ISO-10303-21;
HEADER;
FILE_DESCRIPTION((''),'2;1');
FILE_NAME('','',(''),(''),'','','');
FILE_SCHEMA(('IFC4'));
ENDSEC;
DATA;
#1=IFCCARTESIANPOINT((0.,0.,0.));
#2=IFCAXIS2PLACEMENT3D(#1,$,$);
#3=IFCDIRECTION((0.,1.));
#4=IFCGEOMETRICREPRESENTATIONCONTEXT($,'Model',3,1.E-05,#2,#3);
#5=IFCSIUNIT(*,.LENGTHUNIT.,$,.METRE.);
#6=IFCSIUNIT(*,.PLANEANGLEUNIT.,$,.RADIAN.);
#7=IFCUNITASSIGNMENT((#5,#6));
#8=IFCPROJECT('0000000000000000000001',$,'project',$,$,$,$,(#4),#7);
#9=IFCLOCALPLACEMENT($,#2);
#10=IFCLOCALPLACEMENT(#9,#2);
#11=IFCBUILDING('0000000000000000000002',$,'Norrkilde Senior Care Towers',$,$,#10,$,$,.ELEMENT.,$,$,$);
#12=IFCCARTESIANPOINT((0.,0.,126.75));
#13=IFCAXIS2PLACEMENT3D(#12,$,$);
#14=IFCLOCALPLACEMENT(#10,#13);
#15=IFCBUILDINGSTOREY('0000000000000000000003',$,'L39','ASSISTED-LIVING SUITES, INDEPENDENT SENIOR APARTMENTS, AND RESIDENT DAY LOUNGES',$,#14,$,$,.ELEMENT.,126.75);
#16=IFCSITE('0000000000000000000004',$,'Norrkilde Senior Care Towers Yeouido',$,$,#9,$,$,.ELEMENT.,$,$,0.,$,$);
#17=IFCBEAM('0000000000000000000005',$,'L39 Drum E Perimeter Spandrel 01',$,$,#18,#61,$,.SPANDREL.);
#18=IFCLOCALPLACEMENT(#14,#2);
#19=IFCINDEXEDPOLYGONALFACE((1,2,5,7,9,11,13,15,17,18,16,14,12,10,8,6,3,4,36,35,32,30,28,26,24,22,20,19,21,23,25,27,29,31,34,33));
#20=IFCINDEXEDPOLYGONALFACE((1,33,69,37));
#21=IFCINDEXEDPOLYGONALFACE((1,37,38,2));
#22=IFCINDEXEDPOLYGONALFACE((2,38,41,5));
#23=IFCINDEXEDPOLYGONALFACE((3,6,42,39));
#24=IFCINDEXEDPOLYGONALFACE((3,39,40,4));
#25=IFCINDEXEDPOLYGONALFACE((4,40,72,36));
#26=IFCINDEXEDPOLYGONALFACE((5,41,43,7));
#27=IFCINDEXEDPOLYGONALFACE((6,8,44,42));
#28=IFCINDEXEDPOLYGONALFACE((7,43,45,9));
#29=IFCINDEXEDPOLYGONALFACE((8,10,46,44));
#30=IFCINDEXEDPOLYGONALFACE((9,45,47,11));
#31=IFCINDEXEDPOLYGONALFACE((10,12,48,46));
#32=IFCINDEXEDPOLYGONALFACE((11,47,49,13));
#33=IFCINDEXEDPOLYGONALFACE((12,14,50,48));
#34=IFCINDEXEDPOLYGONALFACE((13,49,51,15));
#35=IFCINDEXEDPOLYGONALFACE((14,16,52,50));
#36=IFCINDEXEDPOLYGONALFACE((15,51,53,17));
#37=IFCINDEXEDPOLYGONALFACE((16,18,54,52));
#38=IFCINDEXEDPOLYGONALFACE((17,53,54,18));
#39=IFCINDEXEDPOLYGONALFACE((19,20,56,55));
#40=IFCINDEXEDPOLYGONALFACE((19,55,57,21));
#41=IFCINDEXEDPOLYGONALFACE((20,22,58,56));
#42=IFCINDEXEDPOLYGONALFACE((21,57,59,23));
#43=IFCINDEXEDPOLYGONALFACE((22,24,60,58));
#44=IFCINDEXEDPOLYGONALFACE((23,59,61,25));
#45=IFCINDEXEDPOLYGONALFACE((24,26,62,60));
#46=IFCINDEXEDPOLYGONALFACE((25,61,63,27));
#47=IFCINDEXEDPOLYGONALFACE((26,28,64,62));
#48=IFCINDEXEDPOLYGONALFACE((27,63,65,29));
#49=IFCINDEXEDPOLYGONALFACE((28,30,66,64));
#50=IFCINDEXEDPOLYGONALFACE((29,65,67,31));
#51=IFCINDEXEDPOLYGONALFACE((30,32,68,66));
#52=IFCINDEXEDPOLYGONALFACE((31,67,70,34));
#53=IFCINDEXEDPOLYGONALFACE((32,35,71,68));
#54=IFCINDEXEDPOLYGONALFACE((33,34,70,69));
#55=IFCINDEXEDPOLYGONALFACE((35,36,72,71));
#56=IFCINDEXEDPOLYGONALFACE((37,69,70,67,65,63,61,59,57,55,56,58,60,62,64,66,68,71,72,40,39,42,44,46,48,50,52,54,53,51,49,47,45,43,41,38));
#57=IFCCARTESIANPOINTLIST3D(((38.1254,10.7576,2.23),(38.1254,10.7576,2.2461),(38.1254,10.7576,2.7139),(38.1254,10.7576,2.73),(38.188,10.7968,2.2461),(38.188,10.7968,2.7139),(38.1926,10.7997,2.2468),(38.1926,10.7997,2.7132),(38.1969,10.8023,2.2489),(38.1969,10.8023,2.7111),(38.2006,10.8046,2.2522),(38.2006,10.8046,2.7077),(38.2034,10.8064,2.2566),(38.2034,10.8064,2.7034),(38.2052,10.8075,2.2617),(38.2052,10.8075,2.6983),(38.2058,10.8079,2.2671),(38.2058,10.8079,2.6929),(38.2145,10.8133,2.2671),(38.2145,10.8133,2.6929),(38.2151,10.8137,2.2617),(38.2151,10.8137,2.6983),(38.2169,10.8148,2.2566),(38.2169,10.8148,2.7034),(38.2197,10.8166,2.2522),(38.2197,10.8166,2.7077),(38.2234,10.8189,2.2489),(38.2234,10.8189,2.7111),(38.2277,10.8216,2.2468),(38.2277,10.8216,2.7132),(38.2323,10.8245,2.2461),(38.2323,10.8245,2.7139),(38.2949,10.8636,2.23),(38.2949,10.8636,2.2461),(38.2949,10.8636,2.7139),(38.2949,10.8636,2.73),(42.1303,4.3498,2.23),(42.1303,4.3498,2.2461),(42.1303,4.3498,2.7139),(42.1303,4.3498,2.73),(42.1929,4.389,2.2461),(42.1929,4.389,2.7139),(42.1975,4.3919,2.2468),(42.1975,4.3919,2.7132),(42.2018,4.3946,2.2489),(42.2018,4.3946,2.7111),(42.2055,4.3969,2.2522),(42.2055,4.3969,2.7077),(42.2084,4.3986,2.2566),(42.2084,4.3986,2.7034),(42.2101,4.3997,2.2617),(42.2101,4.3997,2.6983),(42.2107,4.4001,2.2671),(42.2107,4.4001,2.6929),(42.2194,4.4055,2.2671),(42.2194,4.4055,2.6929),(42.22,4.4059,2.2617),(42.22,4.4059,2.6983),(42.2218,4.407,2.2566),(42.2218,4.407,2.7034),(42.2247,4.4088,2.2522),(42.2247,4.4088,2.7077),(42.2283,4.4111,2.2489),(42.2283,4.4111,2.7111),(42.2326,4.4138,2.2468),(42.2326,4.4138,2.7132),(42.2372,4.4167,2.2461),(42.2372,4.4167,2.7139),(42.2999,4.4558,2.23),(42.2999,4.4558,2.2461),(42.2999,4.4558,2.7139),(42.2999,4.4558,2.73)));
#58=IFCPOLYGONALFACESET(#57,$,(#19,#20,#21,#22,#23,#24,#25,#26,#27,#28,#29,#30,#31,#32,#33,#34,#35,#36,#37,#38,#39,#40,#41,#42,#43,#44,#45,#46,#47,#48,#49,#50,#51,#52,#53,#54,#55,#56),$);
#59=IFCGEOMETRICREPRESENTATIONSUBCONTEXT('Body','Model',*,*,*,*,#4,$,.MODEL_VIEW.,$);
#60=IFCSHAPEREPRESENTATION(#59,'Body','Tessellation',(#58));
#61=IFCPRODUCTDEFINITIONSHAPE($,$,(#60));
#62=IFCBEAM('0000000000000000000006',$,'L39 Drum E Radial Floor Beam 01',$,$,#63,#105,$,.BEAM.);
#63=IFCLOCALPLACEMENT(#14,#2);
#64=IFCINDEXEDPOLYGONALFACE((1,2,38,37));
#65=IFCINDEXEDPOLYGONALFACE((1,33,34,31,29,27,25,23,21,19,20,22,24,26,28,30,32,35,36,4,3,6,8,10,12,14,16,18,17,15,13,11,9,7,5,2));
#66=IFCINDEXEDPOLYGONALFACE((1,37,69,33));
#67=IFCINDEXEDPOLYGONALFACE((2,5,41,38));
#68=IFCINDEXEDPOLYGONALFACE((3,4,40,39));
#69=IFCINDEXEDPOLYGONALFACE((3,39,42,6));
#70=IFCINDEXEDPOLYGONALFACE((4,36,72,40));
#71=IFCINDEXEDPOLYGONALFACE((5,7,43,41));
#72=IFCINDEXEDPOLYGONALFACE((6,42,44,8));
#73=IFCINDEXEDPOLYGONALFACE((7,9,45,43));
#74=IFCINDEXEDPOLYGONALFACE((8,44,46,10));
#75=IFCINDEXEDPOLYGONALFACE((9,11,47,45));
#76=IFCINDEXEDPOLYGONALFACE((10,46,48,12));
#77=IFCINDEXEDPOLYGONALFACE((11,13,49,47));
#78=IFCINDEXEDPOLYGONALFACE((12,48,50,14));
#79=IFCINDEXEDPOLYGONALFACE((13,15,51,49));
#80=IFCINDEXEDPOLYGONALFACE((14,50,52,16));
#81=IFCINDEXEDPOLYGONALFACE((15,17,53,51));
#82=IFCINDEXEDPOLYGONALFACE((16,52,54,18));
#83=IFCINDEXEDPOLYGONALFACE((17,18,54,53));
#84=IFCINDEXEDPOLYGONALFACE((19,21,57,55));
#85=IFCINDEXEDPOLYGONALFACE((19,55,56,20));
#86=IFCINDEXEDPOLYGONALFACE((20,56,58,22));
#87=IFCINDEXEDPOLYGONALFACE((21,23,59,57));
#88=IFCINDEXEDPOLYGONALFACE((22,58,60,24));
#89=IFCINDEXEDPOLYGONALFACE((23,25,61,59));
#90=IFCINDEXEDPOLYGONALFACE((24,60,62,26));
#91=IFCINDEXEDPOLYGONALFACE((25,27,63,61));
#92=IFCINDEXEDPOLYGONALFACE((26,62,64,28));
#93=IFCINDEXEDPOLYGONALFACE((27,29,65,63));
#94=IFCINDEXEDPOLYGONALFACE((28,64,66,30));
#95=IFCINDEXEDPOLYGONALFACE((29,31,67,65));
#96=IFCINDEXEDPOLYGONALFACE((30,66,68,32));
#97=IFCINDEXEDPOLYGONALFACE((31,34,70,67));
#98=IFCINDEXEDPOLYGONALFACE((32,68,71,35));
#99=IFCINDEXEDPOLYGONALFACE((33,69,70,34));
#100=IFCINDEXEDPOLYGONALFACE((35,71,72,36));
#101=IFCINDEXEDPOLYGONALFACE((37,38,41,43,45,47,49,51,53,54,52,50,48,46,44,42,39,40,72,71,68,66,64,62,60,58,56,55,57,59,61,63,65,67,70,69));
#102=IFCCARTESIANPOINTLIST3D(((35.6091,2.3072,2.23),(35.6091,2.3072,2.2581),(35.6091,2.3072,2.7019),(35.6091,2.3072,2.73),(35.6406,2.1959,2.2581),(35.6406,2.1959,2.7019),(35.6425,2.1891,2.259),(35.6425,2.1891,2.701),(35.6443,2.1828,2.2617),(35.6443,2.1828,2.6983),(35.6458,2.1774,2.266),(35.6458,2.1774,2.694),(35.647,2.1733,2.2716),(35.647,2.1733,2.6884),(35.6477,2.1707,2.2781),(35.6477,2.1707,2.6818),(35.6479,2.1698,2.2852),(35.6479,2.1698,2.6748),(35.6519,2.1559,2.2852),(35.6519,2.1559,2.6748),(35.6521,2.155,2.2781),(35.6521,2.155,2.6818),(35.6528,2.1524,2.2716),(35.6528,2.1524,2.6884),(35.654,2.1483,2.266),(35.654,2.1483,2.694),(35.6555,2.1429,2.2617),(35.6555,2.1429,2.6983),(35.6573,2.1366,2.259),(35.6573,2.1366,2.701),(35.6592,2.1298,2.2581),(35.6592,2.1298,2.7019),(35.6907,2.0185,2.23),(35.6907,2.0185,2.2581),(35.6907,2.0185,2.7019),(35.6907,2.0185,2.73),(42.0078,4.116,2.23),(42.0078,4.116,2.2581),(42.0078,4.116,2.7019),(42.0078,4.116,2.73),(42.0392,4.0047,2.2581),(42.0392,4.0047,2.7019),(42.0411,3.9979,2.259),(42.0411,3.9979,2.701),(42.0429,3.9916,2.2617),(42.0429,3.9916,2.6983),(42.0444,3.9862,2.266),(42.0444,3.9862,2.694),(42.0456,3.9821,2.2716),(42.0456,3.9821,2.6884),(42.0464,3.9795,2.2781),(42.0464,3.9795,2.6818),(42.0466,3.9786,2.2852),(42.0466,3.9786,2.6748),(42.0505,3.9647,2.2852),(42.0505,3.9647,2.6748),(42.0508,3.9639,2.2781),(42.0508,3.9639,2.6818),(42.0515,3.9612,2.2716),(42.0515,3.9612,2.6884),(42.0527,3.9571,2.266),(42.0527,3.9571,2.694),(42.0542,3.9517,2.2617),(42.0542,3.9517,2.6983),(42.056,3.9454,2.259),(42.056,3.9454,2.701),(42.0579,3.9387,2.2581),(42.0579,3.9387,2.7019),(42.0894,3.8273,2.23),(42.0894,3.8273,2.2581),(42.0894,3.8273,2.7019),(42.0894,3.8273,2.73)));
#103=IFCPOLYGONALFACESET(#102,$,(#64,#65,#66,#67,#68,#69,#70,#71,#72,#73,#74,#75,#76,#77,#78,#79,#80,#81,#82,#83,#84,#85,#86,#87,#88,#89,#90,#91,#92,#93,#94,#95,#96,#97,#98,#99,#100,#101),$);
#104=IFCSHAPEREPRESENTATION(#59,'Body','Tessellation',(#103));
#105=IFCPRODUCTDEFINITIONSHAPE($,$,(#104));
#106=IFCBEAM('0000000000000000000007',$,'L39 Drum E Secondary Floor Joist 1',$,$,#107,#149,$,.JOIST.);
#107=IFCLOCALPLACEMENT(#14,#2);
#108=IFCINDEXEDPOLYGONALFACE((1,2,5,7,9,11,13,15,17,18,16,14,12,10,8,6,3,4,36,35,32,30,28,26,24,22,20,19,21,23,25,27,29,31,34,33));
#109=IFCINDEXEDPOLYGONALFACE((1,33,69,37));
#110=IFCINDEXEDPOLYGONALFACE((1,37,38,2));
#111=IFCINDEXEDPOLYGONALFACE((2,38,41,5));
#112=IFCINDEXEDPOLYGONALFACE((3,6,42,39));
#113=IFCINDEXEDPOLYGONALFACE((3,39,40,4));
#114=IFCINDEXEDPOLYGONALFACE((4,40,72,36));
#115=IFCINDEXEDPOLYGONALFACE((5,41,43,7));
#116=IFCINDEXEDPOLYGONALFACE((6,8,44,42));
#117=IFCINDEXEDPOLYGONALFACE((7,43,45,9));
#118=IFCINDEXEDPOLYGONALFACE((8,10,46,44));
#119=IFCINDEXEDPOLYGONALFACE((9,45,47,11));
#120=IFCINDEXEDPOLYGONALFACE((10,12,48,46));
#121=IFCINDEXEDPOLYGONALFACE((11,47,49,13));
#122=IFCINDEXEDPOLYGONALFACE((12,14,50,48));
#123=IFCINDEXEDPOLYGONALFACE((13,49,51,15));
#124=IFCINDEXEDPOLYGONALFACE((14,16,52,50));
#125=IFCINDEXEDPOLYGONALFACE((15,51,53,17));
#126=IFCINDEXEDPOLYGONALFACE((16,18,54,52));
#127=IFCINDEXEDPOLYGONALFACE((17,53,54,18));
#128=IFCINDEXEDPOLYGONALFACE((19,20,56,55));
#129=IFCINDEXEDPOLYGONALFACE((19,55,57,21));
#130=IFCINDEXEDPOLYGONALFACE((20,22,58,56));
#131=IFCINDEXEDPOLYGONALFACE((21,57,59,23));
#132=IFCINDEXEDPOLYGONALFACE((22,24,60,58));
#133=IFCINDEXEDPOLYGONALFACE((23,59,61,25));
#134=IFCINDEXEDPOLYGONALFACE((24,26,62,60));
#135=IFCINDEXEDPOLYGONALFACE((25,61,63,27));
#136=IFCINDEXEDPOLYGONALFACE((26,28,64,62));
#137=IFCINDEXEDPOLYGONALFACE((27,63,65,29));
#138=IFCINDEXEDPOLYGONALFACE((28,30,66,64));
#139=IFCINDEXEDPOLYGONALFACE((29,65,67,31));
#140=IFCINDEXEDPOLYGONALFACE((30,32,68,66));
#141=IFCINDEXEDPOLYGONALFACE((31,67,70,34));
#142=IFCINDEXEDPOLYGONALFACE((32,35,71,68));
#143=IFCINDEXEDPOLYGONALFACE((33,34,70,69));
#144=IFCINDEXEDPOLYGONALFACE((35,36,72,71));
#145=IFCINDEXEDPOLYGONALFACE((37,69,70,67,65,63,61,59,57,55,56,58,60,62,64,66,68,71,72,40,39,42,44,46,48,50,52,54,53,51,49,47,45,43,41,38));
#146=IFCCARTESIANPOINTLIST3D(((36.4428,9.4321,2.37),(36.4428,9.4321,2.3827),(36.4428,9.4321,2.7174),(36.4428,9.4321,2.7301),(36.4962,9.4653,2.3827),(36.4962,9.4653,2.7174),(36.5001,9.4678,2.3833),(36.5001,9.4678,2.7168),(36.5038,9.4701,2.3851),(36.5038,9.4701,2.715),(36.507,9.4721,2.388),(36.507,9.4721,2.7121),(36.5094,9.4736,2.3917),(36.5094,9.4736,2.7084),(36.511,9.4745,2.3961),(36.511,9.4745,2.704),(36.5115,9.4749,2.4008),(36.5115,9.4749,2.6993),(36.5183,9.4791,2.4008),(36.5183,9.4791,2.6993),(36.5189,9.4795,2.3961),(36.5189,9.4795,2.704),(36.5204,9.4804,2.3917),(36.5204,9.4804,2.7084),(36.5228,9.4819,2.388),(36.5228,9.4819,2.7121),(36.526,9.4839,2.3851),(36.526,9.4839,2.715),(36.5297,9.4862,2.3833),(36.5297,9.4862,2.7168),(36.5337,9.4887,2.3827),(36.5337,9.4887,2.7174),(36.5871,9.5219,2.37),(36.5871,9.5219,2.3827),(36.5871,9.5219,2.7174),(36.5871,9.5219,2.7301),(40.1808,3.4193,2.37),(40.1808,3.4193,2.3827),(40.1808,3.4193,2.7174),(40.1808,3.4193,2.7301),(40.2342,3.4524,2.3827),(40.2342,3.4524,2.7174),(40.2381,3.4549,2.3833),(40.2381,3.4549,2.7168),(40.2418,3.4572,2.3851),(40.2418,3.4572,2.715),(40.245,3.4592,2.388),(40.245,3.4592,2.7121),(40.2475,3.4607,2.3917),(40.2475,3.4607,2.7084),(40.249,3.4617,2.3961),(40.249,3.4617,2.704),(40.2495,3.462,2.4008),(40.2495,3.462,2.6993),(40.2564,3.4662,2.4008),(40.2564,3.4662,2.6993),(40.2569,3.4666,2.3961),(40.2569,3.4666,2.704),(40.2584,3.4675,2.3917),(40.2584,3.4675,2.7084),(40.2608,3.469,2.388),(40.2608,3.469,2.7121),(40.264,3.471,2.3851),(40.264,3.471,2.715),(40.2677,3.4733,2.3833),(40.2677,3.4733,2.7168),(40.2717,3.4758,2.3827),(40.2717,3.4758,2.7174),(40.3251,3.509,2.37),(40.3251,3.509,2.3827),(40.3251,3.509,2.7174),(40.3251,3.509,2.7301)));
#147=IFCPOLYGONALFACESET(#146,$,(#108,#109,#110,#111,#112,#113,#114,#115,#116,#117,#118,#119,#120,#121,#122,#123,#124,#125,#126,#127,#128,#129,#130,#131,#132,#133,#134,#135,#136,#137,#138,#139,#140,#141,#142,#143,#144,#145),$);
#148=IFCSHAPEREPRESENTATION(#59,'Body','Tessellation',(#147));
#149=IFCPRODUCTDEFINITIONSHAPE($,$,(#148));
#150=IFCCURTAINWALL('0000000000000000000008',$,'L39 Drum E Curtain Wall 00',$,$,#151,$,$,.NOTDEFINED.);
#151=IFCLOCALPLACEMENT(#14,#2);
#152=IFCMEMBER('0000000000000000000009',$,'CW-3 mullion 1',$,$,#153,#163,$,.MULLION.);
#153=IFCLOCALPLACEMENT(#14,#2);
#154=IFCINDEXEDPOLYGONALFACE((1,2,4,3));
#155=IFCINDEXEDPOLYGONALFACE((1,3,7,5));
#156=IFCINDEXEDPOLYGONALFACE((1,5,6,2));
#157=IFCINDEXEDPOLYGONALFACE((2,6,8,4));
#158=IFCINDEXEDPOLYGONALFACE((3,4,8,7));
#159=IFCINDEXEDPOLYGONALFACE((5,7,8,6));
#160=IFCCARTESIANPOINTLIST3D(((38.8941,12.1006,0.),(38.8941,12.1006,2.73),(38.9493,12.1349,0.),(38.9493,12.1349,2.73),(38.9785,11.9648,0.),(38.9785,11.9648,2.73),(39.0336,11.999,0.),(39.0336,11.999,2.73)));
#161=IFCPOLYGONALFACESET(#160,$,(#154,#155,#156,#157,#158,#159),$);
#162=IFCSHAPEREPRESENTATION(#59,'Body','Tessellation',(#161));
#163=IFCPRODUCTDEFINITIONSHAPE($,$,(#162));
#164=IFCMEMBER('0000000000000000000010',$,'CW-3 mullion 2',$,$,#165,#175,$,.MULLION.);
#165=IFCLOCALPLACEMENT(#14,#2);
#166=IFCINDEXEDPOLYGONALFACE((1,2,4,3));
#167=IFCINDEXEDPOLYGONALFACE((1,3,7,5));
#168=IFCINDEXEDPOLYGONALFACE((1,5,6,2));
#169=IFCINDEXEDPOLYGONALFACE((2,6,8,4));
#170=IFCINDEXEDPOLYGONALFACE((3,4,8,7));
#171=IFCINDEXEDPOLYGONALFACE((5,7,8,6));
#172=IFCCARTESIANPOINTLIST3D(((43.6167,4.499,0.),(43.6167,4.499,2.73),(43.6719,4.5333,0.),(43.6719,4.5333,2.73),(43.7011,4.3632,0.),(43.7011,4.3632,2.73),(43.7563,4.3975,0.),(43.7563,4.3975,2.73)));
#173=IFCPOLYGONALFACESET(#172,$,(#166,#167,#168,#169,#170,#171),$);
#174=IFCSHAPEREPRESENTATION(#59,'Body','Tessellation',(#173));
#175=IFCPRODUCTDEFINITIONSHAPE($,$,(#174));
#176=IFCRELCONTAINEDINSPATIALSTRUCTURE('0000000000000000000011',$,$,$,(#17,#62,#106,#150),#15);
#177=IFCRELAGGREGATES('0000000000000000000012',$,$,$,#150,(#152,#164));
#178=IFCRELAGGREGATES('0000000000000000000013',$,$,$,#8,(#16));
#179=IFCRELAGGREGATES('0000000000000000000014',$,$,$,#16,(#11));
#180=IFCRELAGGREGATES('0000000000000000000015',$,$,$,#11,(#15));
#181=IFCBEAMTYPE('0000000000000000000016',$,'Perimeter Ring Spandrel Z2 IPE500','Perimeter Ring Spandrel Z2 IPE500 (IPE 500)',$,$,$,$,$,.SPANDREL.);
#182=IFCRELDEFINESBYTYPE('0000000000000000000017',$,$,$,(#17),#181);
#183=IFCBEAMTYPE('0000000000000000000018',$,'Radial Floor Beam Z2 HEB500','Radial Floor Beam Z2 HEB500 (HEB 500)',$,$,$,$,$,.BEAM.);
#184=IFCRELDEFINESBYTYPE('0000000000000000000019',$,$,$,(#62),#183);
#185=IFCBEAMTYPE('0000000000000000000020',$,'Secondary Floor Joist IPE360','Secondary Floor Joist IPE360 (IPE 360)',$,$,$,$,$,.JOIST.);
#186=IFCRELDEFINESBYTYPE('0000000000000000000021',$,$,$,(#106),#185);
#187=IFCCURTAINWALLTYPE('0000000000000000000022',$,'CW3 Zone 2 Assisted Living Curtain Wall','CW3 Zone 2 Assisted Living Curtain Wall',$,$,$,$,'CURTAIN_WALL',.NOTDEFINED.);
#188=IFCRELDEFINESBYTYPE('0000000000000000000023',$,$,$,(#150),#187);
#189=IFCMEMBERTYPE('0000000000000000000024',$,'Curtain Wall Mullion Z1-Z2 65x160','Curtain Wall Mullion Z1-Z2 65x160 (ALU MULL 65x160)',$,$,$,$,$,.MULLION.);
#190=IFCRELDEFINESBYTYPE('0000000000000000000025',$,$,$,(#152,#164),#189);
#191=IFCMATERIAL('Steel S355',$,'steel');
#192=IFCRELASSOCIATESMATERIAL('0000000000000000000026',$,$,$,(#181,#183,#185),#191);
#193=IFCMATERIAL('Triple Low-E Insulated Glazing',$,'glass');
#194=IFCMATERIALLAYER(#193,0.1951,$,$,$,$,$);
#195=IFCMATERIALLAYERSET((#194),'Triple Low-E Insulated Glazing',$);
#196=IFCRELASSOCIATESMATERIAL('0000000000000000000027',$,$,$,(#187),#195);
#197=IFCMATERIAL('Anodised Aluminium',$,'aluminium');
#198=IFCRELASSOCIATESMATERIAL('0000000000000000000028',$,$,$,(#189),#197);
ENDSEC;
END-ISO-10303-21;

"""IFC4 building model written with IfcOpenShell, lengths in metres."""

from ifc_helpers import new_model, si_unit, direction, frame, origin, origin_2d, place, context, subcontext, project, spatial, rectangle, i_section, extrude, source, transform, mapped, material, layer, layer_set, material_profile, profile_set, type_object, type_shapes, element, aggregate, save


model = new_model("IFC4")

# Units and contexts
model_context = context("Model", 3, precision=1e-05, world=origin(), true_north=direction((0.0, 1.0)))
body_context = subcontext(model_context, "Body", "Model", "MODEL_VIEW")
ifc_project = project(units=[si_unit("LENGTHUNIT", "METRE"), si_unit("PLANEANGLEUNIT", "RADIAN")], contexts=[model_context])

# Site, building, storey
site_placement = place(None, origin())
site = spatial("IfcSite", under=ifc_project, at=site_placement, Name="Norrkilde Senior Care Towers Yeouido", CompositionType="ELEMENT", RefElevation=0.0)
building_placement = place(site_placement, origin())
building = spatial("IfcBuilding", under=site, at=building_placement, Name="Norrkilde Senior Care Towers", CompositionType="ELEMENT")
storey_placement = place(building_placement, frame((0.0, 0.0, 126.75)))
storey = spatial("IfcBuildingStorey", under=building, at=storey_placement, Name="L39", Description="ASSISTED-LIVING SUITES, INDEPENDENT SENIOR APARTMENTS, AND RESIDENT DAY LOUNGES", CompositionType="ELEMENT", Elevation=126.75)

# Beams
ifc_material_1 = material(Name="Steel S355", Category="steel")
ifc_material_profile_1 = material_profile(ifc_material_1, i_section(OverallWidth=0.2, OverallDepth=0.5, WebThickness=0.0103, FlangeThickness=0.0161, FilletRadius=0.021, at=origin_2d()), Name="IPE 500")
ifc_profile_set_1 = profile_set([ifc_material_profile_1], Name="Steel S355")
beam_type_1 = type_object("IfcBeamType", Name="Perimeter Ring Spandrel Z2 IPE500", Description="Perimeter Ring Spandrel Z2 IPE500 (IPE 500)", PredefinedType="SPANDREL", material=ifc_profile_set_1)
shared_shape_1 = source(origin(), body_context, "Body", "SweptSolid", [
    extrude(i_section(OverallWidth=0.2, OverallDepth=0.5, WebThickness=0.0103, FlangeThickness=0.0161, FilletRadius=0.021, at=origin_2d()), origin(), (0.0, 0.0, 1.0), 7.5564),
])
beam_1_placement = place(storey_placement, frame((42.2151, 4.4028, 2.48), z_axis=(-0.530005, 0.847995, 0.0), x_axis=(-0.847995, -0.530005, 0.0)))
element("IfcBeam", 1, at=beam_1_placement, inside=storey, type_object=beam_type_1, Name="L39 Drum E Perimeter Spandrel 01", PredefinedType="SPANDREL", context=body_context, shape_type="MappedRepresentation", body=[
    mapped(shared_shape_1, transform((0.0, 0.0, 0.0), x_axis=(1.0, 0.0, 0.0), y_axis=(0.0, 1.0, 0.0), z_axis=(0.0, 0.0, 1.0), scale=1.0)),
])
ifc_material_profile_2 = material_profile(ifc_material_1, i_section(OverallWidth=0.3, OverallDepth=0.5, WebThickness=0.0144, FlangeThickness=0.0281, FilletRadius=0.0271, at=origin_2d()), Name="HEB 500")
ifc_profile_set_2 = profile_set([ifc_material_profile_2], Name="Steel S355")
beam_type_2 = type_object("IfcBeamType", Name="Radial Floor Beam Z2 HEB500", Description="Radial Floor Beam Z2 HEB500 (HEB 500)", PredefinedType="BEAM", material=ifc_profile_set_2)
shared_shape_2 = source(origin(), body_context, "Body", "SweptSolid", [
    extrude(i_section(OverallWidth=0.3, OverallDepth=0.5, WebThickness=0.0144, FlangeThickness=0.0281, FilletRadius=0.0271, at=origin_2d()), origin(), (0.0, 0.0, 1.0), 6.6494),
])
type_shapes(beam_type_2, [shared_shape_2])
beam_2_placement = place(storey_placement, frame((35.6499, 2.1628, 2.48), z_axis=(0.962289, 0.272029, 0.0), x_axis=(-0.272029, 0.962289, 0.0)))
element("IfcBeam", 2, at=beam_2_placement, inside=storey, type_object=beam_type_2, Name="L39 Drum E Radial Floor Beam 01", PredefinedType="BEAM", context=body_context, shape_type="MappedRepresentation", body=[
    mapped(shared_shape_2, transform((0.0, 0.0, 0.0), x_axis=(1.0, 0.0, 0.0), y_axis=(0.0, 1.0, 0.0), z_axis=(0.0, 0.0, 1.0), scale=1.0)),
])
ifc_material_profile_3 = material_profile(ifc_material_1, i_section(OverallWidth=0.1699, OverallDepth=0.3601, WebThickness=0.0081, FlangeThickness=0.0127, FilletRadius=0.0181, at=origin_2d()), Name="IPE 360")
ifc_profile_set_3 = profile_set([ifc_material_profile_3], Name="Steel S355")
beam_type_3 = type_object("IfcBeamType", Name="Secondary Floor Joist IPE360", Description="Secondary Floor Joist IPE360 (IPE 360)", PredefinedType="JOIST", material=ifc_profile_set_3)
shared_shape_3 = source(origin(), body_context, "Body", "SweptSolid", [
    extrude(i_section(OverallWidth=0.1699, OverallDepth=0.3601, WebThickness=0.0081, FlangeThickness=0.0127, FilletRadius=0.0181, at=origin_2d()), origin(), (0.0, 0.0, 1.0), 7.0801),
])
type_shapes(beam_type_3, [shared_shape_3])
beam_3_placement = place(storey_placement, frame((40.2529, 3.4641, 2.55), z_axis=(-0.527961, 0.849269, 0.0), x_axis=(-0.849269, -0.527961, 0.0)))
element("IfcBeam", 3, at=beam_3_placement, inside=storey, type_object=beam_type_3, Name="L39 Drum E Secondary Floor Joist 1", PredefinedType="JOIST", context=body_context, shape_type="MappedRepresentation", body=[
    mapped(shared_shape_3, transform((0.0, 0.0, 0.0), x_axis=(1.0, 0.0, 0.0), y_axis=(0.0, 1.0, 0.0), z_axis=(0.0, 0.0, 1.0), scale=1.0)),
])

# Curtain wall, members
ifc_material_2 = material(Name="Triple Low-E Insulated Glazing", Category="glass")
ifc_layer_1 = layer(ifc_material_2, 0.1951)
ifc_layer_set_1 = layer_set([ifc_layer_1], Name="Triple Low-E Insulated Glazing")
curtain_wall_type = type_object("IfcCurtainWallType", Name="CW3 Zone 2 Assisted Living Curtain Wall", Description="CW3 Zone 2 Assisted Living Curtain Wall", ElementType="CURTAIN_WALL", PredefinedType="NOTDEFINED", material=ifc_layer_set_1)
curtain_wall_1_placement = place(storey_placement, origin())
curtain_wall_1 = element("IfcCurtainWall", 4, at=curtain_wall_1_placement, inside=storey, type_object=curtain_wall_type, Name="L39 Drum E Curtain Wall 00", PredefinedType="NOTDEFINED")
ifc_material_3 = material(Name="Anodised Aluminium", Category="aluminium")
ifc_material_profile_4 = material_profile(ifc_material_3, rectangle(XDim=0.0649, YDim=0.1599, at=origin_2d()), Name="ALU MULL 65x160")
ifc_profile_set_4 = profile_set([ifc_material_profile_4], Name="Anodised Aluminium")
member_type_1 = type_object("IfcMemberType", Name="Curtain Wall Mullion Z1-Z2 65x160", Description="Curtain Wall Mullion Z1-Z2 65x160 (ALU MULL 65x160)", PredefinedType="MULLION", material=ifc_profile_set_4)
shared_shape_4 = source(origin(), body_context, "Body", "SweptSolid", [
    extrude(rectangle(XDim=0.0649, YDim=0.1599, at=origin_2d()), origin(), (0.0, 0.0, 1.0), 2.73),
])
type_shapes(member_type_1, [shared_shape_4])
member_1_placement = place(storey_placement, frame((38.9639, 12.0498, 0.0), z_axis=(0.0, 0.0, 1.0), x_axis=(0.84941, 0.527733, 0.0)))
member_1 = element("IfcMember", 5, at=member_1_placement, type_object=member_type_1, Name="CW-3 mullion 1", PredefinedType="MULLION", context=body_context, shape_type="MappedRepresentation", body=[
    mapped(shared_shape_4, transform((0.0, 0.0, 0.0), x_axis=(1.0, 0.0, 0.0), y_axis=(0.0, 1.0, 0.0), z_axis=(0.0, 0.0, 1.0), scale=1.0)),
])
member_2_placement = place(storey_placement, frame((43.6865, 4.4482, 0.0), z_axis=(0.0, 0.0, 1.0), x_axis=(0.84941, 0.527733, 0.0)))
member_2 = element("IfcMember", 6, at=member_2_placement, type_object=member_type_1, Name="CW-3 mullion 2", PredefinedType="MULLION", context=body_context, shape_type="MappedRepresentation", body=[
    mapped(shared_shape_4, transform((0.0, 0.0, 0.0), x_axis=(1.0, 0.0, 0.0), y_axis=(0.0, 1.0, 0.0), z_axis=(0.0, 0.0, 1.0), scale=1.0)),
])

aggregate(curtain_wall_1, [member_1, member_2])

save(model, "model.ifc")
